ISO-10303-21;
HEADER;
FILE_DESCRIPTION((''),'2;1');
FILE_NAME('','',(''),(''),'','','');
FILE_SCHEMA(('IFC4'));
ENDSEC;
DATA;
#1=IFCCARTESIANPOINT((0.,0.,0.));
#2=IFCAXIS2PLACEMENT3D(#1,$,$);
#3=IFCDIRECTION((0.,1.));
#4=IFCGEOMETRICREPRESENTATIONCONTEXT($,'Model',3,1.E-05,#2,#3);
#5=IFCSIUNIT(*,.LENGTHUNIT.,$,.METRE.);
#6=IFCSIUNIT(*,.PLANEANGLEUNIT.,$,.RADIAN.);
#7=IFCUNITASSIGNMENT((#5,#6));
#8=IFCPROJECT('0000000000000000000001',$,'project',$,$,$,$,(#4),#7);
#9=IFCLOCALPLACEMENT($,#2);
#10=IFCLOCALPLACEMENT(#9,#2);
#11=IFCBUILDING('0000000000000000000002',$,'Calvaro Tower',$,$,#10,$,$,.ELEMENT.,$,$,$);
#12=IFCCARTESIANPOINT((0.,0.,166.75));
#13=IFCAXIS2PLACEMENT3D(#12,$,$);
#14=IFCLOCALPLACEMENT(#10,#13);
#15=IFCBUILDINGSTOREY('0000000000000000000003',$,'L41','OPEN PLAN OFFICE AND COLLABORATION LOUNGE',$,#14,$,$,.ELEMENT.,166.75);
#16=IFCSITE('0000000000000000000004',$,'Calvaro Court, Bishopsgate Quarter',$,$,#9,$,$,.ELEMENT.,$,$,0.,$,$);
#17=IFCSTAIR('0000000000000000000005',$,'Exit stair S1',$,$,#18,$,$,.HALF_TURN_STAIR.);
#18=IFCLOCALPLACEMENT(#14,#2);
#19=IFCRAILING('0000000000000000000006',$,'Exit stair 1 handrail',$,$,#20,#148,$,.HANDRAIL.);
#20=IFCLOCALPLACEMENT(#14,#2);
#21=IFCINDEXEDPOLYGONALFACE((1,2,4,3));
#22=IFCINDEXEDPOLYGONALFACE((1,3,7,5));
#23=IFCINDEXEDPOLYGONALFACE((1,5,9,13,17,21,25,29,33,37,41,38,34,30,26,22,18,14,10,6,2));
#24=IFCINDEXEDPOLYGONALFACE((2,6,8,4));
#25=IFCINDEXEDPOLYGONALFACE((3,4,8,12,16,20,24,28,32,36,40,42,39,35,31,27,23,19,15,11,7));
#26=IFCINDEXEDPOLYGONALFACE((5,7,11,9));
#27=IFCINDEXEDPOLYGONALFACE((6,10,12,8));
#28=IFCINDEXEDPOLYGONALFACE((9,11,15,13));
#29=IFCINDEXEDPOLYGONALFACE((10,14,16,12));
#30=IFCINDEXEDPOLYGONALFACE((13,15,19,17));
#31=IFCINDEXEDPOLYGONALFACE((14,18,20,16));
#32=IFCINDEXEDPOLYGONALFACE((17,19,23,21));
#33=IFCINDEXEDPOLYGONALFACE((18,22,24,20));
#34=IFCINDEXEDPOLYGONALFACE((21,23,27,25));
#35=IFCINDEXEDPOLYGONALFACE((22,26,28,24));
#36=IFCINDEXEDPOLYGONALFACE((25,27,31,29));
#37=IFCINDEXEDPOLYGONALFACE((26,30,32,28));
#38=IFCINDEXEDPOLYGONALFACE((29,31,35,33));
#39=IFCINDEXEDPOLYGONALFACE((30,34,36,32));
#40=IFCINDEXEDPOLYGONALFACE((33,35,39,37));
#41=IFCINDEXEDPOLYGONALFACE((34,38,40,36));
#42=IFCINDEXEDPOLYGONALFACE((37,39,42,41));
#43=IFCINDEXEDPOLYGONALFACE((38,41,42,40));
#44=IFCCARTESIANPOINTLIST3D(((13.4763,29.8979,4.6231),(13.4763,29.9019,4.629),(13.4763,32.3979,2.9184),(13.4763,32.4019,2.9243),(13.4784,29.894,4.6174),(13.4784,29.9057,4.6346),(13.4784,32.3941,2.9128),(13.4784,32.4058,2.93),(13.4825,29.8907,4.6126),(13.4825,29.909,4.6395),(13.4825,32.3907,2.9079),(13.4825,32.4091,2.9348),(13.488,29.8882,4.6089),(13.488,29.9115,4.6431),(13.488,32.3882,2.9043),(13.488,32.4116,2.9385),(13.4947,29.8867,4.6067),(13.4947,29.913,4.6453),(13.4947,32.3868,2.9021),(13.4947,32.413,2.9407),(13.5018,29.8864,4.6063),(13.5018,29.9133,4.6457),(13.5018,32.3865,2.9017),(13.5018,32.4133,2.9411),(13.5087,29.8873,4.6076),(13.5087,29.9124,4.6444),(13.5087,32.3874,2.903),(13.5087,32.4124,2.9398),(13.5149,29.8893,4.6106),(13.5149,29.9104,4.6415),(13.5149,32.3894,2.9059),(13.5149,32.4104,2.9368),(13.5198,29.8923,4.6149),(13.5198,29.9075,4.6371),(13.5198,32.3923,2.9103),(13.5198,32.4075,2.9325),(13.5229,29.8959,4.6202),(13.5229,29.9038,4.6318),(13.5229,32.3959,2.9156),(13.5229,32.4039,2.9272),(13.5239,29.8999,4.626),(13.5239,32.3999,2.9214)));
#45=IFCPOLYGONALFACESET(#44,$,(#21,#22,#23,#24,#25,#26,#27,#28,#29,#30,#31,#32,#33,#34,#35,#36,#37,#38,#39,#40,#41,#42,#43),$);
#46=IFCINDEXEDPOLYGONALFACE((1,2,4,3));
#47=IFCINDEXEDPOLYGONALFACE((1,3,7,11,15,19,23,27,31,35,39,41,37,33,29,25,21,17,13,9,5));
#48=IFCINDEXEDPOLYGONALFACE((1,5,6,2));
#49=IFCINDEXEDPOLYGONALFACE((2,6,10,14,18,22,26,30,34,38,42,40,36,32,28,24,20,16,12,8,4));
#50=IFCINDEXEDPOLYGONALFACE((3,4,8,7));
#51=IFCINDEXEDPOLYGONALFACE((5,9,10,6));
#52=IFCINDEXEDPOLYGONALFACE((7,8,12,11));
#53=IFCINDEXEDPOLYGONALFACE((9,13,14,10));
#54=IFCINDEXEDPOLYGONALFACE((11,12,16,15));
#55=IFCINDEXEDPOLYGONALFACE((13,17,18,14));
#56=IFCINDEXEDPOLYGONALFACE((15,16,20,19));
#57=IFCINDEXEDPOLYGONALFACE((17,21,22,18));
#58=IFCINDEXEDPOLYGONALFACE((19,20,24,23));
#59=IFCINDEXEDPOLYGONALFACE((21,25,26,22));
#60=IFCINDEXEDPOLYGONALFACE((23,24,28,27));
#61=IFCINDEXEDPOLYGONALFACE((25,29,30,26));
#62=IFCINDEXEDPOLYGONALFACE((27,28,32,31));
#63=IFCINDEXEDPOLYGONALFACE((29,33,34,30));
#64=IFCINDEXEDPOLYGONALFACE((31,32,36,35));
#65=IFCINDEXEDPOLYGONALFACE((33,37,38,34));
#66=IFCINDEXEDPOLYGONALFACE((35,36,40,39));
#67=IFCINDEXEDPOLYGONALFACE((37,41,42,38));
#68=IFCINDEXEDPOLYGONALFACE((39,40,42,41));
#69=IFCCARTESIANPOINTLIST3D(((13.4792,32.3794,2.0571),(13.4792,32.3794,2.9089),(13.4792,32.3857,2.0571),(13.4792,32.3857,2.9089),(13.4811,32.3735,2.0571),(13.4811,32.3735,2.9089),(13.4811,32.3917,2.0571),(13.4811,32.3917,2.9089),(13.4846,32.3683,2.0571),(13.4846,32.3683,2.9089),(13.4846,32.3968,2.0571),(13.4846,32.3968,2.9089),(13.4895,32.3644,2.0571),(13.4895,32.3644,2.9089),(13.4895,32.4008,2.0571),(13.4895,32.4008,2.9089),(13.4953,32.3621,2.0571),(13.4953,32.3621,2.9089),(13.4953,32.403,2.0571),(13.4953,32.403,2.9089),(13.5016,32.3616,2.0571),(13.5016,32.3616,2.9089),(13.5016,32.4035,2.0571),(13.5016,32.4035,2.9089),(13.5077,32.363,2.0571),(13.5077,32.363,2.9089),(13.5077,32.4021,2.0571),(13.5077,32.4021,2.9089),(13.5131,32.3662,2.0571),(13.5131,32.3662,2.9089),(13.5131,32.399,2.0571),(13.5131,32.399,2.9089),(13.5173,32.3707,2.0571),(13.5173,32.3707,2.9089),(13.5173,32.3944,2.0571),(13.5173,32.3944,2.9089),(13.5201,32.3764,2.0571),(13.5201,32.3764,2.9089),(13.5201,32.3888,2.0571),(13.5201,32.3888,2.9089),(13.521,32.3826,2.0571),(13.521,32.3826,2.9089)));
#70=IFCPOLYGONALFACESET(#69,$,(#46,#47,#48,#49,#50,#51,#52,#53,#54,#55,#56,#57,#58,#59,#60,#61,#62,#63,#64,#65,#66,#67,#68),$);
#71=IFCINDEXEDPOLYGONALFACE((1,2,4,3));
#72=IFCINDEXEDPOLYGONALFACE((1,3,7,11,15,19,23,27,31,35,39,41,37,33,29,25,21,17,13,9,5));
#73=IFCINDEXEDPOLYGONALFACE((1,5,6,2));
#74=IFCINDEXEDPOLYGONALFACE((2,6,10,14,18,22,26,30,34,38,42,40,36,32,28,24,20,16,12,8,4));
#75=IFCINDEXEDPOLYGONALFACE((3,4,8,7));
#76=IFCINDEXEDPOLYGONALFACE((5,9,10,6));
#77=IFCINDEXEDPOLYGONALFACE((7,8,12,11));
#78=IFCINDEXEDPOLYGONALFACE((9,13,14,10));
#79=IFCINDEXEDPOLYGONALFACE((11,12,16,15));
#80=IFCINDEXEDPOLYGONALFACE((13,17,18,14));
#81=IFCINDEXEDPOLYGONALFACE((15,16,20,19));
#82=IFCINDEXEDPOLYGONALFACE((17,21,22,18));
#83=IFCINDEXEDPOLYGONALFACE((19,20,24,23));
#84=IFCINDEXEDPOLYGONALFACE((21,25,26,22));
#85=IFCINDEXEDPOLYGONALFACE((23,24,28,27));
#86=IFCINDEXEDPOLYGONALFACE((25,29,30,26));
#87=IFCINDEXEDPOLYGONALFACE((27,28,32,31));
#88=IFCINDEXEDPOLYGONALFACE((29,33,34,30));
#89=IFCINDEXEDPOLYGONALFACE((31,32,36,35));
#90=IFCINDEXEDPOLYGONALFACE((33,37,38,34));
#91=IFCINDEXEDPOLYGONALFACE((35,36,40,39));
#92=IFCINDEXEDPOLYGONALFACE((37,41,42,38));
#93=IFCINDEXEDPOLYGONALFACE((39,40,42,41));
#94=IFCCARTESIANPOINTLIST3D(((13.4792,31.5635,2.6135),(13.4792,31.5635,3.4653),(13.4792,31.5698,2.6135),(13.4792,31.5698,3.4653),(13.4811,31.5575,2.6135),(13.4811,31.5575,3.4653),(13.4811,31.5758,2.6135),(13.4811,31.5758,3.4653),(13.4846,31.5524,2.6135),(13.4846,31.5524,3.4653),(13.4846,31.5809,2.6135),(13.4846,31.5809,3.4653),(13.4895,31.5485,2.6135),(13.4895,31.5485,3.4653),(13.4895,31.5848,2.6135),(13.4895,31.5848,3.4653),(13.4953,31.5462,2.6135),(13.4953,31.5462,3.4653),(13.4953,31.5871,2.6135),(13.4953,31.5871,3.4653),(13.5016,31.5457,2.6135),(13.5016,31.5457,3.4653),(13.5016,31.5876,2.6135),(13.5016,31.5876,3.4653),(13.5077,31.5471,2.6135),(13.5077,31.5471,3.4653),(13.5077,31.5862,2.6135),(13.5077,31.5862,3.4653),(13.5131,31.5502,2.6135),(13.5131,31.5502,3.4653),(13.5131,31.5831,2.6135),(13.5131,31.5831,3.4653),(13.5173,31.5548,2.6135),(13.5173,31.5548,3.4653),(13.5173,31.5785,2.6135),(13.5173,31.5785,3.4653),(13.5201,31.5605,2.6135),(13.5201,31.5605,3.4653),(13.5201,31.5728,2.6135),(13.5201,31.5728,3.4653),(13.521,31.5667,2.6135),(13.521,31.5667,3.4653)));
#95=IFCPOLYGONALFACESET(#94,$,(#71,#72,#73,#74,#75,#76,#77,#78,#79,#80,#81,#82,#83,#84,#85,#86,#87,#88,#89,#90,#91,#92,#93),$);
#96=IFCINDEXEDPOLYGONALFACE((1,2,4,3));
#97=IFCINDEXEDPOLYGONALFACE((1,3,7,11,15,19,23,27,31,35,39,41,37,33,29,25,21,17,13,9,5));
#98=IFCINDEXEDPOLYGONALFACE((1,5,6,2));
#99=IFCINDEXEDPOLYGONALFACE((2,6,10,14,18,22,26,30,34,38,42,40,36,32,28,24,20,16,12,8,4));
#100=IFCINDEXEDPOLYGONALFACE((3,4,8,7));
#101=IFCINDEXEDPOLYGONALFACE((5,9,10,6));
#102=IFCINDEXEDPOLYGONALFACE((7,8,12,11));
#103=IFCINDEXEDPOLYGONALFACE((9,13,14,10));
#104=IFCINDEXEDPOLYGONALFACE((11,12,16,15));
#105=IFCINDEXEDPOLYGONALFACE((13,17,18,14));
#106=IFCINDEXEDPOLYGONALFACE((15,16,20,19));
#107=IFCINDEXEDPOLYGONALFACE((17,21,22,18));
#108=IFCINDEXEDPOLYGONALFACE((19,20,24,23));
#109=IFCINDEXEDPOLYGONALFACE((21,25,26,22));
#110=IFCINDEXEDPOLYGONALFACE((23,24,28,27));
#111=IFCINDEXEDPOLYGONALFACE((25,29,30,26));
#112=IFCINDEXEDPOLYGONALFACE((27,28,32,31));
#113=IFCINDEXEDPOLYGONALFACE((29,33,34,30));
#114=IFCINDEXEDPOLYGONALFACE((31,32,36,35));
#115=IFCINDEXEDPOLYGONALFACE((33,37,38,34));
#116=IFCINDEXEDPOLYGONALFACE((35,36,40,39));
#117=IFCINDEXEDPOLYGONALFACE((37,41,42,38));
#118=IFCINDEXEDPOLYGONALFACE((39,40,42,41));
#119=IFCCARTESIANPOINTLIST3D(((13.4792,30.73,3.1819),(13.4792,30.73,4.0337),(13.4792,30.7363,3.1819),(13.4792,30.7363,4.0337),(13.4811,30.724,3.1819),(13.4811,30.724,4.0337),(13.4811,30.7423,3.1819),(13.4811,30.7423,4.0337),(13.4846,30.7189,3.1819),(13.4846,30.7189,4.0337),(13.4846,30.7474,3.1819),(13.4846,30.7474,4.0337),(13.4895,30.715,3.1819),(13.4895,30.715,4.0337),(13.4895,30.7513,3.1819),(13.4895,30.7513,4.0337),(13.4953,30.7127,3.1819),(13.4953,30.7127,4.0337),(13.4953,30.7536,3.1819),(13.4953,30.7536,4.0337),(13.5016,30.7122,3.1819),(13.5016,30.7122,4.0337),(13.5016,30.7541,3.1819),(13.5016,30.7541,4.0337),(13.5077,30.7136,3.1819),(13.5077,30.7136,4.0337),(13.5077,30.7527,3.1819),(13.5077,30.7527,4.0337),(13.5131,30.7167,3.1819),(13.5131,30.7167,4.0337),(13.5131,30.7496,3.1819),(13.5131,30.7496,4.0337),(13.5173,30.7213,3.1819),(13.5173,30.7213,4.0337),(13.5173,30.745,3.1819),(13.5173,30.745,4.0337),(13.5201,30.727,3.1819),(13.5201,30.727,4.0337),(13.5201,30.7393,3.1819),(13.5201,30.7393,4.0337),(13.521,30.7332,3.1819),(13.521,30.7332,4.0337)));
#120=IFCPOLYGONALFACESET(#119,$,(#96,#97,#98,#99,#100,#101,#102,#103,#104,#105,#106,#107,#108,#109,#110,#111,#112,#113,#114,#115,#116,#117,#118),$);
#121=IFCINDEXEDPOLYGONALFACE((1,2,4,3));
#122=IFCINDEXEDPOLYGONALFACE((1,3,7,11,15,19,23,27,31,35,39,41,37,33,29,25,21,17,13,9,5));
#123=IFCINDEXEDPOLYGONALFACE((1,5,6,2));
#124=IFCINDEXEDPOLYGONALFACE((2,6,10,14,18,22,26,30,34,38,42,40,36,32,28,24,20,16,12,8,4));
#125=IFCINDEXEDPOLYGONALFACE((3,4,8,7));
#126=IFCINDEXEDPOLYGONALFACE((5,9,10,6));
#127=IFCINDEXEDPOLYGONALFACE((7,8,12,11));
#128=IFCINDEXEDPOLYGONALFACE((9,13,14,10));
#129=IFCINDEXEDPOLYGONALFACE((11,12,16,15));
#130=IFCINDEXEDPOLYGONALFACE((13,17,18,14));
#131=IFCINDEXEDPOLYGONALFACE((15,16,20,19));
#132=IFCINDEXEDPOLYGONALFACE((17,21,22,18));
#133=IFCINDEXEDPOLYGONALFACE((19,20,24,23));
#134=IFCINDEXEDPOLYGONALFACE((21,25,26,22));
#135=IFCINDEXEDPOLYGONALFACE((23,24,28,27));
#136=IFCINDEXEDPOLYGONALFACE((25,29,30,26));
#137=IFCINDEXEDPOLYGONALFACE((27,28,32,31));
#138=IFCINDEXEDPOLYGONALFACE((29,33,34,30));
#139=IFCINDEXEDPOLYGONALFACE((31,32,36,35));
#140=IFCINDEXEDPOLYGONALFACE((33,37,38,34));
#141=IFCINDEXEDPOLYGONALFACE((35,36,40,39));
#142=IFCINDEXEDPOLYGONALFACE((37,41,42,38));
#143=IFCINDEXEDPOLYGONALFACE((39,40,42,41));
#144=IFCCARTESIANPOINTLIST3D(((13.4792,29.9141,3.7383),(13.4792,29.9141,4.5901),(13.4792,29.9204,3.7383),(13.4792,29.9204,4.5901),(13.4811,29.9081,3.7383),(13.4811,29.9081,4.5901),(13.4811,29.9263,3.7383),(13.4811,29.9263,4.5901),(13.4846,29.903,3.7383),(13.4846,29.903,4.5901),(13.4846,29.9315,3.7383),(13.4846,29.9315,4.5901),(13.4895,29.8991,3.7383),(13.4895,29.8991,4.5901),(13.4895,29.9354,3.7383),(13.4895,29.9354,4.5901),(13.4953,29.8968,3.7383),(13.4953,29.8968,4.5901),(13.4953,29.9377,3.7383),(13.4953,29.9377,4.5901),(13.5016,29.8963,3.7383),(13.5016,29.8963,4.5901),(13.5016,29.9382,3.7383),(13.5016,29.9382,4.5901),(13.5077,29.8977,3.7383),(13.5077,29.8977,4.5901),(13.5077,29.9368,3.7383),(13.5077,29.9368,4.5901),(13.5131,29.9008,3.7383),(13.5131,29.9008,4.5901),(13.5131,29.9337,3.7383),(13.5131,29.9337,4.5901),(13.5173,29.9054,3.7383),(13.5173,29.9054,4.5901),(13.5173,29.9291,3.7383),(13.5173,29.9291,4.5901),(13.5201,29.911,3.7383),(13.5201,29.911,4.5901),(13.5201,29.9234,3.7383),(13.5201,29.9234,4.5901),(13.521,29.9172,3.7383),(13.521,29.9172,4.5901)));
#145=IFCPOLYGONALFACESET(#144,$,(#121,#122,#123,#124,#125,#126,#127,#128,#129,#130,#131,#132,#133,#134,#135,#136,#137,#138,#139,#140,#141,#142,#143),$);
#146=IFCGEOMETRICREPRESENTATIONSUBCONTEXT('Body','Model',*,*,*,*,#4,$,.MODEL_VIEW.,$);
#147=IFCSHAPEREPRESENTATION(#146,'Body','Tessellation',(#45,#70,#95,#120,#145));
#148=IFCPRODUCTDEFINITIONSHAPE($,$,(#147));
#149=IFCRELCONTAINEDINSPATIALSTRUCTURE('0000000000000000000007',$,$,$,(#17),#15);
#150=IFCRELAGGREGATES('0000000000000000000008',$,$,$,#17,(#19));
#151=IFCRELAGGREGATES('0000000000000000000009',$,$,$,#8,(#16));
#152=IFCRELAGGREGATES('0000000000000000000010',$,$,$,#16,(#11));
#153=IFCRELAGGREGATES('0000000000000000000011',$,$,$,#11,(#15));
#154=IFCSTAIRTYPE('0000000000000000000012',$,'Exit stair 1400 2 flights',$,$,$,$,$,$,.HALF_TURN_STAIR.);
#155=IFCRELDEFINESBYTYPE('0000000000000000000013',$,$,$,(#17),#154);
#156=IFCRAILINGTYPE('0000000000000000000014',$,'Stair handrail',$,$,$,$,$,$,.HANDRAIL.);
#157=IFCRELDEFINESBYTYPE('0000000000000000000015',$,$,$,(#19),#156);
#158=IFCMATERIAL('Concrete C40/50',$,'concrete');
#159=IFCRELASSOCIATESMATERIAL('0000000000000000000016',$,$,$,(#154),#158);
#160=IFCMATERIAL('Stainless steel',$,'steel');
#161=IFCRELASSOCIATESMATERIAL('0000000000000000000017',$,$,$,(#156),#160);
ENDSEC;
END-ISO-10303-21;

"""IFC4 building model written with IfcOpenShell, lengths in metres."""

from ifc_helpers import new_model, si_unit, direction, frame, origin, origin_2d, place, context, subcontext, project, spatial, circle, extrude, material, type_object, element, aggregate, save


model = new_model("IFC4")

# Units and contexts
model_context = context("Model", 3, precision=1e-05, world=origin(), true_north=direction((0.0, 1.0)))
body_context = subcontext(model_context, "Body", "Model", "MODEL_VIEW")
ifc_project = project(units=[si_unit("LENGTHUNIT", "METRE"), si_unit("PLANEANGLEUNIT", "RADIAN")], contexts=[model_context])

# Site, building, storey
site_placement = place(None, origin())
site = spatial("IfcSite", under=ifc_project, at=site_placement, Name="Calvaro Court, Bishopsgate Quarter", CompositionType="ELEMENT", RefElevation=0.0)
building_placement = place(site_placement, origin())
building = spatial("IfcBuilding", under=site, at=building_placement, Name="Calvaro Tower", CompositionType="ELEMENT")
storey_placement = place(building_placement, frame((0.0, 0.0, 166.75)))
storey = spatial("IfcBuildingStorey", under=building, at=storey_placement, Name="L41", Description="OPEN PLAN OFFICE AND COLLABORATION LOUNGE", CompositionType="ELEMENT", Elevation=166.75)

# Stair, railing
ifc_material_1 = material(Name="Concrete C40/50", Category="concrete")
stair_type = type_object("IfcStairType", Name="Exit stair 1400 2 flights", PredefinedType="HALF_TURN_STAIR", material=ifc_material_1)
stair_placement = place(storey_placement, origin())
stair = element("IfcStair", 1, at=stair_placement, inside=storey, type_object=stair_type, Name="Exit stair S1", PredefinedType="HALF_TURN_STAIR")
ifc_material_2 = material(Name="Stainless steel", Category="steel")
railing_type = type_object("IfcRailingType", Name="Stair handrail", PredefinedType="HANDRAIL", material=ifc_material_2)
railing_1_placement = place(storey_placement, frame((13.5, 32.3999, 2.0454)))
railing_1 = element("IfcRailing", 2, at=railing_1_placement, type_object=railing_type, Name="Exit stair 1 handrail", PredefinedType="HANDRAIL", context=body_context, shape_type="SweptSolid", body=[
    extrude(circle(Radius=0.0239, at=origin_2d()), frame((0.0, 0.0, 0.876), z_axis=(0.0, -0.826221, 0.563347), x_axis=(1.0, 0.0, 0.0)), (0.0, 0.0, 1.0), 3.0259),
    extrude(circle(Radius=0.021, at=origin_2d()), frame((0.0, -0.0173, 0.0117)), (0.0, 0.0, 1.0), 0.8518),
    extrude(circle(Radius=0.021, at=origin_2d()), frame((0.0, -0.8333, 0.5681)), (0.0, 0.0, 1.0), 0.8518),
    extrude(circle(Radius=0.021, at=origin_2d()), frame((0.0, -1.6667, 1.1365)), (0.0, 0.0, 1.0), 0.8518),
    extrude(circle(Radius=0.021, at=origin_2d()), frame((0.0, -2.4827, 1.6929)), (0.0, 0.0, 1.0), 0.8518),
])
aggregate(stair, [railing_1])

save(model, "model.ifc")
